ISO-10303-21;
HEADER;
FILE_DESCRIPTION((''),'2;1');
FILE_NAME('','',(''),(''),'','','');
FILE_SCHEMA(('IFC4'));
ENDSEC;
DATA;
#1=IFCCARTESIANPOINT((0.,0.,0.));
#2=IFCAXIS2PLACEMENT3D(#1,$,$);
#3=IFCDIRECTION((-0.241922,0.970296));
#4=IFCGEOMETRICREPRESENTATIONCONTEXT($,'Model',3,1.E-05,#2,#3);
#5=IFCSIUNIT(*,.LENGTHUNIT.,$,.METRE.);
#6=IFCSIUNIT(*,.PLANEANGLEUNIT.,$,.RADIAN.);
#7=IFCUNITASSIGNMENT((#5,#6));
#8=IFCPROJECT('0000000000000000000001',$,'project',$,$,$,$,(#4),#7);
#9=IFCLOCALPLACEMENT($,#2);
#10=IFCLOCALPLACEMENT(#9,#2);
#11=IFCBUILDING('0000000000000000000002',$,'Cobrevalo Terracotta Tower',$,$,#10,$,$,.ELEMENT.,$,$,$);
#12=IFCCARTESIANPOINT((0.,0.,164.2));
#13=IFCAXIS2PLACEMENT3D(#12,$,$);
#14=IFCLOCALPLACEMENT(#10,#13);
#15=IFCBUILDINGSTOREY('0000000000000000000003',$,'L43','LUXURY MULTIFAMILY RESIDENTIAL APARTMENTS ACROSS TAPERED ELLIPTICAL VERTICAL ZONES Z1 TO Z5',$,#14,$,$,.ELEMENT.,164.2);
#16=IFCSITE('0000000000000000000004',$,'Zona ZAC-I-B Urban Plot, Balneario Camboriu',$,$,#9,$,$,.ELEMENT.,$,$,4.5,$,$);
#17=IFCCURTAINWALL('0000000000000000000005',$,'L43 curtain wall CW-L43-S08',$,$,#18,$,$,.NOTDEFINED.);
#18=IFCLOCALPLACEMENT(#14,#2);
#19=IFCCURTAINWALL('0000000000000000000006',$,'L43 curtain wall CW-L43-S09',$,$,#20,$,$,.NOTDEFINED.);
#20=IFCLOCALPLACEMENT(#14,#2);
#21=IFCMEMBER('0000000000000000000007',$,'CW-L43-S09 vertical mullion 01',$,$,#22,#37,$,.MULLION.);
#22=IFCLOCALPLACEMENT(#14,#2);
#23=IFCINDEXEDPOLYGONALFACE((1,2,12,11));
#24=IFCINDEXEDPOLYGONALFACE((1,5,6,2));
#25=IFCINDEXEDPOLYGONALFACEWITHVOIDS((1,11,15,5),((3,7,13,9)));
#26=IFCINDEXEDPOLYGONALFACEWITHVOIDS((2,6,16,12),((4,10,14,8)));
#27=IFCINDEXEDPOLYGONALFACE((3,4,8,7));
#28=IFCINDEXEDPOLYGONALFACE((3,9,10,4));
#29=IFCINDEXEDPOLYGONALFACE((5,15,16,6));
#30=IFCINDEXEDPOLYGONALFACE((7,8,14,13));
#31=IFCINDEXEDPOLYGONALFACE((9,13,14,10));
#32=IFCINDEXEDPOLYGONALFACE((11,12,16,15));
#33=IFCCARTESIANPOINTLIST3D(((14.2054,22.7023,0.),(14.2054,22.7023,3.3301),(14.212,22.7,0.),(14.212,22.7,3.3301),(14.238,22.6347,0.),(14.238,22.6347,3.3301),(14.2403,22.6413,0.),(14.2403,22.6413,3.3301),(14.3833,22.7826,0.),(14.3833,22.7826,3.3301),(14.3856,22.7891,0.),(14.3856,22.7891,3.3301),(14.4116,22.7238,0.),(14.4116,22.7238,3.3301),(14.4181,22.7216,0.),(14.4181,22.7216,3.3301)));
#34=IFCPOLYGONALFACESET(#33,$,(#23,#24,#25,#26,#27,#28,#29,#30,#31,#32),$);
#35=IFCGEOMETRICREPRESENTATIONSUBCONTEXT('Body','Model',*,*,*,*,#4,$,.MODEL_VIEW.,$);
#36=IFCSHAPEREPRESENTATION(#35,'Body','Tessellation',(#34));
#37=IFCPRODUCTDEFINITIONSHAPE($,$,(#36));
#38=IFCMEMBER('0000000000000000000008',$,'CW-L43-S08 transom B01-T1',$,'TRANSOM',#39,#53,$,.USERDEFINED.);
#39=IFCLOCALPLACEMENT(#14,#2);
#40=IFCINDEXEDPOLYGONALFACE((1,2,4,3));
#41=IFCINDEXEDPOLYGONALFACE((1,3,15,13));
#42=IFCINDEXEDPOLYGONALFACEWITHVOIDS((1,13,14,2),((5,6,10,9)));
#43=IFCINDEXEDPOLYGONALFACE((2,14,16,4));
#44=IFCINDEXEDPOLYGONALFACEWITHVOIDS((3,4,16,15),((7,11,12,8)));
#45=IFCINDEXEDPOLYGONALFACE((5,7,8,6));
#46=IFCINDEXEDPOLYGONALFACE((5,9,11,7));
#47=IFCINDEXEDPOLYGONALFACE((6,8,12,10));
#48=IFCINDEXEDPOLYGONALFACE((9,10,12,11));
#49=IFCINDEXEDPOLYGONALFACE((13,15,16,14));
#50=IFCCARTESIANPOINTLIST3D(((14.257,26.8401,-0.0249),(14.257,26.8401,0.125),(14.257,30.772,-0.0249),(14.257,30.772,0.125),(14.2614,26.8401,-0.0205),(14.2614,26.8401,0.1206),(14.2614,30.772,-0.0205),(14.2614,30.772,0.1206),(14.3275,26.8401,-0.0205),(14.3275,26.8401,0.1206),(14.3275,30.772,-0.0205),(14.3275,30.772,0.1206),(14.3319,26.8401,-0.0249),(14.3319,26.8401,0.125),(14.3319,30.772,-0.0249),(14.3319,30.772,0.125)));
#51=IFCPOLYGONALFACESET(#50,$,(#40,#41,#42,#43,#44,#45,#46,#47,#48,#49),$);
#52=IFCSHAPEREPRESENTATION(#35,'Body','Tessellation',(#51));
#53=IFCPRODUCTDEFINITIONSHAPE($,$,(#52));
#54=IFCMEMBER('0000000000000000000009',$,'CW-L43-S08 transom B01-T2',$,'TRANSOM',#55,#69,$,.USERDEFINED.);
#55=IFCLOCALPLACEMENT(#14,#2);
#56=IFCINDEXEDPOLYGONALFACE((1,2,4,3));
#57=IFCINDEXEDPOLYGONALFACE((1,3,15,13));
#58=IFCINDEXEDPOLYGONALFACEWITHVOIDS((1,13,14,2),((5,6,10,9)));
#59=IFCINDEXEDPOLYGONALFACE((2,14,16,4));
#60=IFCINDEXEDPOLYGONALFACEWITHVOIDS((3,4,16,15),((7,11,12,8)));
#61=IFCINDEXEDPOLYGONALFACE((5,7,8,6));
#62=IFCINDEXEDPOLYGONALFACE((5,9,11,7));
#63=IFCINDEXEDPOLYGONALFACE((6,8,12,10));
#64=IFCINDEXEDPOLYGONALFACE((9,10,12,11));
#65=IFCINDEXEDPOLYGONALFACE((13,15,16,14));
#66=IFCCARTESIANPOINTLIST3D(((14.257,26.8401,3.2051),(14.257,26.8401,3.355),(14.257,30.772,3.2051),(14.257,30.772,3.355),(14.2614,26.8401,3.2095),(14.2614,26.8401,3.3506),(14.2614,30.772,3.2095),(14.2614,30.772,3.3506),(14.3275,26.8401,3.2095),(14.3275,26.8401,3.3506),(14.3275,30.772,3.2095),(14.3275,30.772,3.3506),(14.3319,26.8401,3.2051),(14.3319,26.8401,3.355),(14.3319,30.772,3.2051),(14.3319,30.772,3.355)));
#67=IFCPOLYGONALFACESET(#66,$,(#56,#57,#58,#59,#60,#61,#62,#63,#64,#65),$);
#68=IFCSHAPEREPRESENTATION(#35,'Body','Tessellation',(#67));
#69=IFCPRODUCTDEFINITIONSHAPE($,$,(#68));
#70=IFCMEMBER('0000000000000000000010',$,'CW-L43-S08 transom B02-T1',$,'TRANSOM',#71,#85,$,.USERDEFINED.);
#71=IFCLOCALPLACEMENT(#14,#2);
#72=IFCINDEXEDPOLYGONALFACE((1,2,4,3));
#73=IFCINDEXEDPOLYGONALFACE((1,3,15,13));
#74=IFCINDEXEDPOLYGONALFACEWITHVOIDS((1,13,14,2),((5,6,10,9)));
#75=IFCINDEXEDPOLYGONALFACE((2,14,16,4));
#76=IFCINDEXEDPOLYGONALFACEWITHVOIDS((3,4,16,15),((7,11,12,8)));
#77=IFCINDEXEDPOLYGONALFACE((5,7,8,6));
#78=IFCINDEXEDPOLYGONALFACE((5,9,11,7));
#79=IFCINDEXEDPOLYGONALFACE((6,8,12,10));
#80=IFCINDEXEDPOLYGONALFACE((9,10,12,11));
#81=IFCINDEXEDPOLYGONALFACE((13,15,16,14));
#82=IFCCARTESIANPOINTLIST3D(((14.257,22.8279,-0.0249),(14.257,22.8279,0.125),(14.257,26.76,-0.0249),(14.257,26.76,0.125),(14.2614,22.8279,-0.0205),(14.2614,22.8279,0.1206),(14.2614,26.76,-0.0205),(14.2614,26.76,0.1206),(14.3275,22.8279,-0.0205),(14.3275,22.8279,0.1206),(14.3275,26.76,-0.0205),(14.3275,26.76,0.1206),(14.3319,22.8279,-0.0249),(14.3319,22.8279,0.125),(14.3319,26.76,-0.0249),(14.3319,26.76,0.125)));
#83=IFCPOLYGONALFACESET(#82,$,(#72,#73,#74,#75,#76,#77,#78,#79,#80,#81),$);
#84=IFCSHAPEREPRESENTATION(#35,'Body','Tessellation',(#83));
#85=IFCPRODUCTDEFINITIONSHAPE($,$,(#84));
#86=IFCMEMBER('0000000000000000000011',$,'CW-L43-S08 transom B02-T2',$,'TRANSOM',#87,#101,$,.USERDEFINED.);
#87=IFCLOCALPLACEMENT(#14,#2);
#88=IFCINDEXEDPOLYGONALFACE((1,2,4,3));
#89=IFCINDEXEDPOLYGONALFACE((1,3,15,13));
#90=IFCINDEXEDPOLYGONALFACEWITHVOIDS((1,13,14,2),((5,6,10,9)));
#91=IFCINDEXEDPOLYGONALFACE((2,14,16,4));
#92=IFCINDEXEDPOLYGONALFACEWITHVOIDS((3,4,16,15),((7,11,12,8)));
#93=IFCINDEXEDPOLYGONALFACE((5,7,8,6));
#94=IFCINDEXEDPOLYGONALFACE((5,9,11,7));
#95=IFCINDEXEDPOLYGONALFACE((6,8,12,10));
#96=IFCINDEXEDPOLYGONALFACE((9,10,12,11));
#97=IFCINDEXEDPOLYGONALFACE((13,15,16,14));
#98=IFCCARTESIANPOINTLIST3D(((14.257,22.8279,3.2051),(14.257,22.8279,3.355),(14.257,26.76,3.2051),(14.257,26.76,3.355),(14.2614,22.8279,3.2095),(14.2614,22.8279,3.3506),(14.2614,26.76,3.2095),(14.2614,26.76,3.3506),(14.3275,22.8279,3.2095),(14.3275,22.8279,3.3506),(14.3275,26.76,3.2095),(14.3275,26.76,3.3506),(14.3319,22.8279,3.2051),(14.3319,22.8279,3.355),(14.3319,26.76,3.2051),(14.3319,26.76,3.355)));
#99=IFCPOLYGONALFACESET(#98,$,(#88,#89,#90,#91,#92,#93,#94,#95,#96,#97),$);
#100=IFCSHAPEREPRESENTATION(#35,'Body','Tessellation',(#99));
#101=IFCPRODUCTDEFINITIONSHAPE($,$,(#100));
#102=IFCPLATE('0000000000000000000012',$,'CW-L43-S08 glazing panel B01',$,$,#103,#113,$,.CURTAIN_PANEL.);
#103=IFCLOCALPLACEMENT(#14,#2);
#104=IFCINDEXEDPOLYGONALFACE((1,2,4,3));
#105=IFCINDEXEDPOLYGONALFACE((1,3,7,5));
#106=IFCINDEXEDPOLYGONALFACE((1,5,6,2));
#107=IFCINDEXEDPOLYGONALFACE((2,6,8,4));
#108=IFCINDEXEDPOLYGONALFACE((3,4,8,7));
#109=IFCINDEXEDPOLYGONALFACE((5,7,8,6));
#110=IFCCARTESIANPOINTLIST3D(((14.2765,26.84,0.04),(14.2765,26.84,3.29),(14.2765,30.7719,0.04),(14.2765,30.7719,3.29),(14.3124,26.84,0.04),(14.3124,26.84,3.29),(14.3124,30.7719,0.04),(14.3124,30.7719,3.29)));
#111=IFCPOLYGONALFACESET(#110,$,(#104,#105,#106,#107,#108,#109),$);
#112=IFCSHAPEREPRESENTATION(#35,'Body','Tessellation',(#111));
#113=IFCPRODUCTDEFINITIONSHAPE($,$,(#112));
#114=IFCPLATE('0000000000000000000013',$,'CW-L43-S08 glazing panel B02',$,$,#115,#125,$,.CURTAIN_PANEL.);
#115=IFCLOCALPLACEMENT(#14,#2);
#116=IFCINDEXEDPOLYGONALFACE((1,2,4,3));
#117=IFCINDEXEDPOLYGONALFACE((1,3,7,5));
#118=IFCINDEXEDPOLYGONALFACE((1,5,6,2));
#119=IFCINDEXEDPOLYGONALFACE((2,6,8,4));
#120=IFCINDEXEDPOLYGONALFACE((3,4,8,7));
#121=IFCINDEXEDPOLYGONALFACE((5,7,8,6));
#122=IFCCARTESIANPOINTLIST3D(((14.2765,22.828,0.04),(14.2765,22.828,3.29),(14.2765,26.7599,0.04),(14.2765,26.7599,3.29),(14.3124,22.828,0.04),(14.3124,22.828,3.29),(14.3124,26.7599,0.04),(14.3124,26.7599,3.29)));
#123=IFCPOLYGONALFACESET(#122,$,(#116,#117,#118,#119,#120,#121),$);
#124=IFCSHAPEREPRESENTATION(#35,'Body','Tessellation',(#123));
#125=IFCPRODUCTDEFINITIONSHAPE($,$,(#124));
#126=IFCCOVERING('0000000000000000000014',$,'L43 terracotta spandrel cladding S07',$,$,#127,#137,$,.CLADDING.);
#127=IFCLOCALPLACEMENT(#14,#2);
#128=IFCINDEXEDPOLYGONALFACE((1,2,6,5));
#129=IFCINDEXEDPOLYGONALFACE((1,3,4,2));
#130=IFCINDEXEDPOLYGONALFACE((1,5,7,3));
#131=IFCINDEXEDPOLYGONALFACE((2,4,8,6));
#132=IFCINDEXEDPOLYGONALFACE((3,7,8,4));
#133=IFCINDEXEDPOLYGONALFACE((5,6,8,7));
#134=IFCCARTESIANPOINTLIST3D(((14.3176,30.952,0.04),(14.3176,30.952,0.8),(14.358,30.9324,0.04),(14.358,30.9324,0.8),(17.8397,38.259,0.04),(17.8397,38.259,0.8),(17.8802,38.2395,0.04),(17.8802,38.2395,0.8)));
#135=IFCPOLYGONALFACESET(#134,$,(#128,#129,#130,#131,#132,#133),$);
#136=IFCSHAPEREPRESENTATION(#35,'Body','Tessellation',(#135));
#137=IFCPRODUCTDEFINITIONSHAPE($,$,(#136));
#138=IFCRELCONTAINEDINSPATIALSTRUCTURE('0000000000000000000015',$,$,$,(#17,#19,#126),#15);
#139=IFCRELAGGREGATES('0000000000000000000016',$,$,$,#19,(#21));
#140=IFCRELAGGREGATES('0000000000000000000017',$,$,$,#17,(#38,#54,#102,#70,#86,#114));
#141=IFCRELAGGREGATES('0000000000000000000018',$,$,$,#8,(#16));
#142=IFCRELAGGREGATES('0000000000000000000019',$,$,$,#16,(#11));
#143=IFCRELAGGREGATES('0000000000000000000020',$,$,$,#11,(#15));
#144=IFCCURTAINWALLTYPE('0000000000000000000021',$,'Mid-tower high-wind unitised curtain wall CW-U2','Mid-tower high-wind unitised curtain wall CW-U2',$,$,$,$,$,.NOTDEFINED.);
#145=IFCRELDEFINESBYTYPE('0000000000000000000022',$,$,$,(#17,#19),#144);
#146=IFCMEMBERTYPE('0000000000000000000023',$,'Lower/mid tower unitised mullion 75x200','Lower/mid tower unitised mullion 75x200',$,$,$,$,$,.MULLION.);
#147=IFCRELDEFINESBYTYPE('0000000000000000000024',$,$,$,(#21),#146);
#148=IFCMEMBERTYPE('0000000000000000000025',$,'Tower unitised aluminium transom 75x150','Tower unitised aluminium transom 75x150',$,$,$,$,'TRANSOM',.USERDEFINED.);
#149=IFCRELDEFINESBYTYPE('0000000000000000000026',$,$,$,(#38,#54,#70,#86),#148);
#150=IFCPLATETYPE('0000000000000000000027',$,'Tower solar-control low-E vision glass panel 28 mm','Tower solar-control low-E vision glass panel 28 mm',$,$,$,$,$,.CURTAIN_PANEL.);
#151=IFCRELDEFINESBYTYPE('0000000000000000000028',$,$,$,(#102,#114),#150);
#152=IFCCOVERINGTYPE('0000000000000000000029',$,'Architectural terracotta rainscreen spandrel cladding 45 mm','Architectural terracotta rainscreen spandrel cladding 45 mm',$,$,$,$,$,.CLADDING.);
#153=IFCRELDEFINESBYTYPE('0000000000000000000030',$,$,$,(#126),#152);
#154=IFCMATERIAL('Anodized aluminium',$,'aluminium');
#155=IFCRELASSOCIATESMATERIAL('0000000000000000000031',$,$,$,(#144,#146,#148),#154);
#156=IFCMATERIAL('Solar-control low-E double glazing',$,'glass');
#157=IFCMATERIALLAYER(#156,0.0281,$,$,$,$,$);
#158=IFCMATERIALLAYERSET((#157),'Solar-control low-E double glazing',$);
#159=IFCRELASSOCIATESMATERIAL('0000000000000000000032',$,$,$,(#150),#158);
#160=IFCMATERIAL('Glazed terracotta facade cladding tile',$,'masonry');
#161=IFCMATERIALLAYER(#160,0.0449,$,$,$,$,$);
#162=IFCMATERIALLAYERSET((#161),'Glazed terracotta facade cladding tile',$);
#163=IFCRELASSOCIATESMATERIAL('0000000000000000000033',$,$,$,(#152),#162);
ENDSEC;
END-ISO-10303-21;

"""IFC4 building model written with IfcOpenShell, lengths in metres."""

from ifc_helpers import new_model, si_unit, direction, frame, origin, origin_2d, place, context, subcontext, project, spatial, rectangle, hollow_rectangle, extrude, source, transform, mapped, material, layer, layer_set, material_profile, profile_set, type_object, element, aggregate, save


model = new_model("IFC4")

# Units and contexts
model_context = context("Model", 3, precision=1e-05, world=origin(), true_north=direction((-0.241922, 0.970296)))
body_context = subcontext(model_context, "Body", "Model", "MODEL_VIEW")
ifc_project = project(units=[si_unit("LENGTHUNIT", "METRE"), si_unit("PLANEANGLEUNIT", "RADIAN")], contexts=[model_context])

# Site, building, storey
site_placement = place(None, origin())
site = spatial("IfcSite", under=ifc_project, at=site_placement, Name="Zona ZAC-I-B Urban Plot, Balneario Camboriu", CompositionType="ELEMENT", RefElevation=4.5)
building_placement = place(site_placement, origin())
building = spatial("IfcBuilding", under=site, at=building_placement, Name="Cobrevalo Terracotta Tower", CompositionType="ELEMENT")
storey_placement = place(building_placement, frame((0.0, 0.0, 164.2)))
storey = spatial("IfcBuildingStorey", under=building, at=storey_placement, Name="L43", Description="LUXURY MULTIFAMILY RESIDENTIAL APARTMENTS ACROSS TAPERED ELLIPTICAL VERTICAL ZONES Z1 TO Z5", CompositionType="ELEMENT", Elevation=164.2)

# Curtain wall
ifc_material_1 = material(Name="Anodized aluminium", Category="aluminium")
curtain_wall_type = type_object("IfcCurtainWallType", Name="Mid-tower high-wind unitised curtain wall CW-U2", Description="Mid-tower high-wind unitised curtain wall CW-U2", PredefinedType="NOTDEFINED", material=ifc_material_1)
curtain_wall_1_placement = place(storey_placement, origin())
curtain_wall_1 = element("IfcCurtainWall", 1, at=curtain_wall_1_placement, inside=storey, type_object=curtain_wall_type, Name="L43 curtain wall CW-L43-S08", PredefinedType="NOTDEFINED")
ifc_material_profile_1 = material_profile(ifc_material_1, hollow_rectangle(XDim=0.075, YDim=0.2, WallThickness=0.0049, at=origin_2d()), Name="CWM 75x200")
ifc_profile_set_1 = profile_set([ifc_material_profile_1], Name="Anodized aluminium")
member_type_1 = type_object("IfcMemberType", Name="Lower/mid tower unitised mullion 75x200", Description="Lower/mid tower unitised mullion 75x200", PredefinedType="MULLION", material=ifc_profile_set_1)
shared_shape_1 = source(origin(), body_context, "Body", "SweptSolid", [
    extrude(hollow_rectangle(XDim=0.075, YDim=0.2, WallThickness=0.0049, at=origin_2d()), origin(), (0.0, 0.0, 1.0), 3.3301),
])

# Curtain wall, member
curtain_wall_2_placement = place(storey_placement, origin())
curtain_wall_2 = element("IfcCurtainWall", 2, at=curtain_wall_2_placement, inside=storey, type_object=curtain_wall_type, Name="L43 curtain wall CW-L43-S09", PredefinedType="NOTDEFINED")
member_1_placement = place(storey_placement, frame((14.3118, 22.7119, 0.0), z_axis=(0.0, 0.0, 1.0), x_axis=(0.434209, -0.900812, 0.0)))
member_1 = element("IfcMember", 3, at=member_1_placement, type_object=member_type_1, Name="CW-L43-S09 vertical mullion 01", PredefinedType="MULLION", context=body_context, shape_type="MappedRepresentation", body=[
    mapped(shared_shape_1, transform((0.0, 0.0, 0.0), scale=1.0)),
])
aggregate(curtain_wall_2, [member_1])

# Members
ifc_material_profile_2 = material_profile(ifc_material_1, hollow_rectangle(XDim=0.075, YDim=0.1499, WallThickness=0.0044, at=origin_2d()), Name="CWT 75x150")
ifc_profile_set_2 = profile_set([ifc_material_profile_2], Name="Anodized aluminium")
member_type_2 = type_object("IfcMemberType", Name="Tower unitised aluminium transom 75x150", Description="Tower unitised aluminium transom 75x150", ElementType="TRANSOM", PredefinedType="USERDEFINED", material=ifc_profile_set_2)
shared_shape_2 = source(origin(), body_context, "Body", "SweptSolid", [
    extrude(hollow_rectangle(XDim=0.075, YDim=0.1499, WallThickness=0.0044, at=origin_2d()), origin(), (0.0, 0.0, 1.0), 3.9319),
])
member_2_placement = place(storey_placement, frame((14.2944, 30.772, 0.05), z_axis=(0.0, -1.0, 0.0), x_axis=(1.0, 0.0, 0.0)))
member_2 = element("IfcMember", 4, at=member_2_placement, type_object=member_type_2, Name="CW-L43-S08 transom B01-T1", ObjectType="TRANSOM", PredefinedType="USERDEFINED", context=body_context, shape_type="MappedRepresentation", body=[
    mapped(shared_shape_2, transform((0.0, 0.0, 0.0), scale=1.0)),
])
member_3_placement = place(storey_placement, frame((14.2944, 30.772, 3.28), z_axis=(0.0, -1.0, 0.0), x_axis=(1.0, 0.0, 0.0)))
member_3 = element("IfcMember", 5, at=member_3_placement, type_object=member_type_2, Name="CW-L43-S08 transom B01-T2", ObjectType="TRANSOM", PredefinedType="USERDEFINED", context=body_context, shape_type="MappedRepresentation", body=[
    mapped(shared_shape_2, transform((0.0, 0.0, 0.0), scale=1.0)),
])
shared_shape_3 = source(origin(), body_context, "Body", "SweptSolid", [
    extrude(hollow_rectangle(XDim=0.075, YDim=0.1499, WallThickness=0.0044, at=origin_2d()), origin(), (0.0, 0.0, 1.0), 3.9321),
])
member_4_placement = place(storey_placement, frame((14.2944, 26.76, 0.05), z_axis=(0.0, -1.0, 0.0), x_axis=(1.0, 0.0, 0.0)))
member_4 = element("IfcMember", 6, at=member_4_placement, type_object=member_type_2, Name="CW-L43-S08 transom B02-T1", ObjectType="TRANSOM", PredefinedType="USERDEFINED", context=body_context, shape_type="MappedRepresentation", body=[
    mapped(shared_shape_3, transform((0.0, 0.0, 0.0), scale=1.0)),
])
member_5_placement = place(storey_placement, frame((14.2944, 26.76, 3.28), z_axis=(0.0, -1.0, 0.0), x_axis=(1.0, 0.0, 0.0)))
member_5 = element("IfcMember", 7, at=member_5_placement, type_object=member_type_2, Name="CW-L43-S08 transom B02-T2", ObjectType="TRANSOM", PredefinedType="USERDEFINED", context=body_context, shape_type="MappedRepresentation", body=[
    mapped(shared_shape_3, transform((0.0, 0.0, 0.0), scale=1.0)),
])

# Plates
ifc_material_2 = material(Name="Solar-control low-E double glazing", Category="glass")
ifc_layer_1 = layer(ifc_material_2, 0.0281)
ifc_layer_set_1 = layer_set([ifc_layer_1], Name="Solar-control low-E double glazing")
plate_type = type_object("IfcPlateType", Name="Tower solar-control low-E vision glass panel 28 mm", Description="Tower solar-control low-E vision glass panel 28 mm", PredefinedType="CURTAIN_PANEL", material=ifc_layer_set_1)
shared_shape_4 = source(origin(), body_context, "Body", "SweptSolid", [
    extrude(rectangle(XDim=3.9319, YDim=0.0359, at=origin_2d()), origin(), (0.0, 0.0, 1.0), 3.25),
])
plate_1_placement = place(storey_placement, frame((14.2944, 28.8059, 0.04), z_axis=(0.0, 0.0, 1.0), x_axis=(0.0, -1.0, 0.0)))
plate_1 = element("IfcPlate", 8, at=plate_1_placement, type_object=plate_type, Name="CW-L43-S08 glazing panel B01", PredefinedType="CURTAIN_PANEL", context=body_context, shape_type="MappedRepresentation", body=[
    mapped(shared_shape_4, transform((0.0, 0.0, 0.0), scale=1.0)),
])
plate_2_placement = place(storey_placement, frame((14.2944, 24.7939, 0.04), z_axis=(0.0, 0.0, 1.0), x_axis=(0.0, -1.0, 0.0)))
plate_2 = element("IfcPlate", 9, at=plate_2_placement, type_object=plate_type, Name="CW-L43-S08 glazing panel B02", PredefinedType="CURTAIN_PANEL", context=body_context, shape_type="MappedRepresentation", body=[
    mapped(shared_shape_4, transform((0.0, 0.0, 0.0), scale=1.0)),
])
aggregate(curtain_wall_1, [member_2, member_3, plate_1, member_4, member_5, plate_2])

# Covering
ifc_material_3 = material(Name="Glazed terracotta facade cladding tile", Category="masonry")
ifc_layer_2 = layer(ifc_material_3, 0.0449)
ifc_layer_set_2 = layer_set([ifc_layer_2], Name="Glazed terracotta facade cladding tile")
covering_type = type_object("IfcCoveringType", Name="Architectural terracotta rainscreen spandrel cladding 45 mm", Description="Architectural terracotta rainscreen spandrel cladding 45 mm", PredefinedType="CLADDING", material=ifc_layer_set_2)
shared_shape_5 = source(origin(), body_context, "Body", "SweptSolid", [
    extrude(rectangle(XDim=8.1116, YDim=0.0449, at=origin_2d()), origin(), (0.0, 0.0, 1.0), 0.76),
])
covering_placement = place(storey_placement, frame((16.0989, 34.5957, 0.04), z_axis=(0.0, 0.0, 1.0), x_axis=(-0.434209, -0.900812, 0.0)))
element("IfcCovering", 10, at=covering_placement, inside=storey, type_object=covering_type, Name="L43 terracotta spandrel cladding S07", PredefinedType="CLADDING", context=body_context, shape_type="MappedRepresentation", body=[
    mapped(shared_shape_5, transform((0.0, 0.0, 0.0), scale=1.0)),
])

save(model, "model.ifc")
